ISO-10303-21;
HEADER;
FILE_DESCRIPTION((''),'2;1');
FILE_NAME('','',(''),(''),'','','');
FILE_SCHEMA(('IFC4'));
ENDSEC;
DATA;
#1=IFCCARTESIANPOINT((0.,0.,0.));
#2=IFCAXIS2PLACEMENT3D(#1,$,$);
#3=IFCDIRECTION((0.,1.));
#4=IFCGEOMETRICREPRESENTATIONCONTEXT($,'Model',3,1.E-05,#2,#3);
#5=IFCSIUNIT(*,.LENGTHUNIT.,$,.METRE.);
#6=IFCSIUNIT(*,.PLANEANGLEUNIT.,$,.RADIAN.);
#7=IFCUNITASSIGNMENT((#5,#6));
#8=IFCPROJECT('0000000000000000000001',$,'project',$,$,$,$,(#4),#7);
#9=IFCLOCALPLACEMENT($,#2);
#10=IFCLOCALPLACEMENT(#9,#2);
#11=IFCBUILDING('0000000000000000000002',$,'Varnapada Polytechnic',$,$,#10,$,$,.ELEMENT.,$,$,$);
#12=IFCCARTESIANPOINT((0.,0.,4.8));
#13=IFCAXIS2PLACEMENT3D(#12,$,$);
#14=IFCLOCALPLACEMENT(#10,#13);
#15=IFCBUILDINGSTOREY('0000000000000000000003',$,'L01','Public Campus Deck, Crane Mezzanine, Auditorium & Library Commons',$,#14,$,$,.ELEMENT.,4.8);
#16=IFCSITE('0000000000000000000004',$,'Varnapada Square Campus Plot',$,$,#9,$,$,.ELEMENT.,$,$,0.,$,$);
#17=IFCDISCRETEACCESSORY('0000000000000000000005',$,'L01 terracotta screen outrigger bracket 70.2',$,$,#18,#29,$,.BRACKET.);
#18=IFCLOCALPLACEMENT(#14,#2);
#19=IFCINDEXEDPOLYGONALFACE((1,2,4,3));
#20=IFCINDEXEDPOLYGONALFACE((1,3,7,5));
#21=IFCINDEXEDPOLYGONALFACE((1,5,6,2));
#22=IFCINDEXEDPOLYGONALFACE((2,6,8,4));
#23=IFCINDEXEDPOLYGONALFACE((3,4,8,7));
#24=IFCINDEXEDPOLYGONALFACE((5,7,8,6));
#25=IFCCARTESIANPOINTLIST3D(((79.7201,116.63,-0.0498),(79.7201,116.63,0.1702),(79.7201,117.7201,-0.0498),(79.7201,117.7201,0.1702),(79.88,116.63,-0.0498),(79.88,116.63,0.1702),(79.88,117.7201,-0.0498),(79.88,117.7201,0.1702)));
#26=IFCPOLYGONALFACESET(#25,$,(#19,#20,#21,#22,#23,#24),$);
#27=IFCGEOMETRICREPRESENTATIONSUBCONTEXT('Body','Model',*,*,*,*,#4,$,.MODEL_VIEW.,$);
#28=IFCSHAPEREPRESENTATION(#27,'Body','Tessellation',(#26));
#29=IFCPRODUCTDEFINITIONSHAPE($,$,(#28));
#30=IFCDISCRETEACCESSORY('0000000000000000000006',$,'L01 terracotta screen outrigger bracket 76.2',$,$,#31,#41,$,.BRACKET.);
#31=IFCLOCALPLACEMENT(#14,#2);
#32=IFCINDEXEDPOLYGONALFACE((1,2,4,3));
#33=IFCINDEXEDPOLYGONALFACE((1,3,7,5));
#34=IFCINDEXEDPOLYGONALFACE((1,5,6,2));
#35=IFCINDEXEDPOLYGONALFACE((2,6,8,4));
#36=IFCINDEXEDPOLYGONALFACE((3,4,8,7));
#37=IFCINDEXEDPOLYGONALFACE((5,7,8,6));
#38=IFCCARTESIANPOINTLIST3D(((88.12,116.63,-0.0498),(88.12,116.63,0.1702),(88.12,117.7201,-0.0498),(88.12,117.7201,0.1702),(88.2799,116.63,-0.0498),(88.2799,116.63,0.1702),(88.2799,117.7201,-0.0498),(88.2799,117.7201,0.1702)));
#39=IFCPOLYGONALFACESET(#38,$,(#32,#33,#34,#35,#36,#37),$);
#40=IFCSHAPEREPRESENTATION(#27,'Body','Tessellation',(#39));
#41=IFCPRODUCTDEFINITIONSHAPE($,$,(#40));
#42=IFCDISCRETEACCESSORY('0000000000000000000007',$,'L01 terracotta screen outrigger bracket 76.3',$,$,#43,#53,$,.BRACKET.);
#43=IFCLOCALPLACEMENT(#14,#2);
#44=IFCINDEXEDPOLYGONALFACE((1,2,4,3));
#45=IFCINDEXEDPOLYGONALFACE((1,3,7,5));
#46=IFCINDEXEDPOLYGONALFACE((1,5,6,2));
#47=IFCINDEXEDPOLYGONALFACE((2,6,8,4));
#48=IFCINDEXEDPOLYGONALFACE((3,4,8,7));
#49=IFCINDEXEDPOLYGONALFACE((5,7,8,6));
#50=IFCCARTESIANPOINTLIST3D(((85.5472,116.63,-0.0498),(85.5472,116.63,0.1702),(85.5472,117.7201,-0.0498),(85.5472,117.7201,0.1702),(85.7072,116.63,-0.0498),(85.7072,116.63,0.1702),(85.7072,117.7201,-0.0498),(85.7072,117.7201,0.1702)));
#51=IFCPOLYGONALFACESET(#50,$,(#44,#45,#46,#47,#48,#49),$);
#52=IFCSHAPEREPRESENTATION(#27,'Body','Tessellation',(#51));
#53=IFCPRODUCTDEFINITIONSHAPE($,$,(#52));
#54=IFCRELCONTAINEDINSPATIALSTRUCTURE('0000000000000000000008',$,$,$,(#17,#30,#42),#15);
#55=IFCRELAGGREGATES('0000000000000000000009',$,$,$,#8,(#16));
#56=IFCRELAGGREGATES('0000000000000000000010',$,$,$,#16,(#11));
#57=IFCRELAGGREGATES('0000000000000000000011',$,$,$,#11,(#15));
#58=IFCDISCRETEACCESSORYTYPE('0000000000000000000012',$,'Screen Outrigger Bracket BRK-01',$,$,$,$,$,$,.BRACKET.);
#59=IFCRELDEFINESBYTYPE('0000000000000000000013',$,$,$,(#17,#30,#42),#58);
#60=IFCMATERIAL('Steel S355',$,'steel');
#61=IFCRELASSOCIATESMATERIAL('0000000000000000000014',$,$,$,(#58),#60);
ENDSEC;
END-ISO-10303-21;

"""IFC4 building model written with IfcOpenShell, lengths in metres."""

from ifc_helpers import new_model, si_unit, direction, frame, origin, origin_2d, place, context, subcontext, project, spatial, rectangle, extrude, material, type_object, element, save


model = new_model("IFC4")

# Units and contexts
model_context = context("Model", 3, precision=1e-05, world=origin(), true_north=direction((0.0, 1.0)))
body_context = subcontext(model_context, "Body", "Model", "MODEL_VIEW")
ifc_project = project(units=[si_unit("LENGTHUNIT", "METRE"), si_unit("PLANEANGLEUNIT", "RADIAN")], contexts=[model_context])

# Site, building, storey
site_placement = place(None, origin())
site = spatial("IfcSite", under=ifc_project, at=site_placement, Name="Varnapada Square Campus Plot", CompositionType="ELEMENT", RefElevation=0.0)
building_placement = place(site_placement, origin())
building = spatial("IfcBuilding", under=site, at=building_placement, Name="Varnapada Polytechnic", CompositionType="ELEMENT")
storey_placement = place(building_placement, frame((0.0, 0.0, 4.8)))
storey = spatial("IfcBuildingStorey", under=building, at=storey_placement, Name="L01", Description="Public Campus Deck, Crane Mezzanine, Auditorium & Library Commons", CompositionType="ELEMENT", Elevation=4.8)

# Shared definitions
ifc_material_1 = material(Name="Steel S355", Category="steel")

# Discrete accessories
discrete_accessory_type = type_object("IfcDiscreteAccessoryType", Name="Screen Outrigger Bracket BRK-01", PredefinedType="BRACKET", material=ifc_material_1)
for number, where, z_axis, x_axis, name in (
    (1, (79.8, 117.175, -0.0498), (0.0, 0.0, 1.0), (-1.0, 0.0, 0.0), "L01 terracotta screen outrigger bracket 70.2"),
    (2, (88.2, 117.175, -0.0498), (0.0, 0.0, 1.0), (-1.0, 0.0, 0.0), "L01 terracotta screen outrigger bracket 76.2"),
    (3, (85.6272, 117.175, -0.0498), (0.0, 0.0, 1.0), (-1.0, 0.0, 0.0), "L01 terracotta screen outrigger bracket 76.3"),
):
    element("IfcDiscreteAccessory", number, at=place(storey_placement, frame(where, z_axis=z_axis, x_axis=x_axis)), inside=storey, type_object=discrete_accessory_type, Name=name, PredefinedType="BRACKET", context=body_context, shape_type="SweptSolid", body=[
        extrude(rectangle(XDim=0.1599, YDim=1.0901, at=origin_2d()), origin(), (0.0, 0.0, 1.0), 0.22),
    ])

save(model, "model.ifc")
